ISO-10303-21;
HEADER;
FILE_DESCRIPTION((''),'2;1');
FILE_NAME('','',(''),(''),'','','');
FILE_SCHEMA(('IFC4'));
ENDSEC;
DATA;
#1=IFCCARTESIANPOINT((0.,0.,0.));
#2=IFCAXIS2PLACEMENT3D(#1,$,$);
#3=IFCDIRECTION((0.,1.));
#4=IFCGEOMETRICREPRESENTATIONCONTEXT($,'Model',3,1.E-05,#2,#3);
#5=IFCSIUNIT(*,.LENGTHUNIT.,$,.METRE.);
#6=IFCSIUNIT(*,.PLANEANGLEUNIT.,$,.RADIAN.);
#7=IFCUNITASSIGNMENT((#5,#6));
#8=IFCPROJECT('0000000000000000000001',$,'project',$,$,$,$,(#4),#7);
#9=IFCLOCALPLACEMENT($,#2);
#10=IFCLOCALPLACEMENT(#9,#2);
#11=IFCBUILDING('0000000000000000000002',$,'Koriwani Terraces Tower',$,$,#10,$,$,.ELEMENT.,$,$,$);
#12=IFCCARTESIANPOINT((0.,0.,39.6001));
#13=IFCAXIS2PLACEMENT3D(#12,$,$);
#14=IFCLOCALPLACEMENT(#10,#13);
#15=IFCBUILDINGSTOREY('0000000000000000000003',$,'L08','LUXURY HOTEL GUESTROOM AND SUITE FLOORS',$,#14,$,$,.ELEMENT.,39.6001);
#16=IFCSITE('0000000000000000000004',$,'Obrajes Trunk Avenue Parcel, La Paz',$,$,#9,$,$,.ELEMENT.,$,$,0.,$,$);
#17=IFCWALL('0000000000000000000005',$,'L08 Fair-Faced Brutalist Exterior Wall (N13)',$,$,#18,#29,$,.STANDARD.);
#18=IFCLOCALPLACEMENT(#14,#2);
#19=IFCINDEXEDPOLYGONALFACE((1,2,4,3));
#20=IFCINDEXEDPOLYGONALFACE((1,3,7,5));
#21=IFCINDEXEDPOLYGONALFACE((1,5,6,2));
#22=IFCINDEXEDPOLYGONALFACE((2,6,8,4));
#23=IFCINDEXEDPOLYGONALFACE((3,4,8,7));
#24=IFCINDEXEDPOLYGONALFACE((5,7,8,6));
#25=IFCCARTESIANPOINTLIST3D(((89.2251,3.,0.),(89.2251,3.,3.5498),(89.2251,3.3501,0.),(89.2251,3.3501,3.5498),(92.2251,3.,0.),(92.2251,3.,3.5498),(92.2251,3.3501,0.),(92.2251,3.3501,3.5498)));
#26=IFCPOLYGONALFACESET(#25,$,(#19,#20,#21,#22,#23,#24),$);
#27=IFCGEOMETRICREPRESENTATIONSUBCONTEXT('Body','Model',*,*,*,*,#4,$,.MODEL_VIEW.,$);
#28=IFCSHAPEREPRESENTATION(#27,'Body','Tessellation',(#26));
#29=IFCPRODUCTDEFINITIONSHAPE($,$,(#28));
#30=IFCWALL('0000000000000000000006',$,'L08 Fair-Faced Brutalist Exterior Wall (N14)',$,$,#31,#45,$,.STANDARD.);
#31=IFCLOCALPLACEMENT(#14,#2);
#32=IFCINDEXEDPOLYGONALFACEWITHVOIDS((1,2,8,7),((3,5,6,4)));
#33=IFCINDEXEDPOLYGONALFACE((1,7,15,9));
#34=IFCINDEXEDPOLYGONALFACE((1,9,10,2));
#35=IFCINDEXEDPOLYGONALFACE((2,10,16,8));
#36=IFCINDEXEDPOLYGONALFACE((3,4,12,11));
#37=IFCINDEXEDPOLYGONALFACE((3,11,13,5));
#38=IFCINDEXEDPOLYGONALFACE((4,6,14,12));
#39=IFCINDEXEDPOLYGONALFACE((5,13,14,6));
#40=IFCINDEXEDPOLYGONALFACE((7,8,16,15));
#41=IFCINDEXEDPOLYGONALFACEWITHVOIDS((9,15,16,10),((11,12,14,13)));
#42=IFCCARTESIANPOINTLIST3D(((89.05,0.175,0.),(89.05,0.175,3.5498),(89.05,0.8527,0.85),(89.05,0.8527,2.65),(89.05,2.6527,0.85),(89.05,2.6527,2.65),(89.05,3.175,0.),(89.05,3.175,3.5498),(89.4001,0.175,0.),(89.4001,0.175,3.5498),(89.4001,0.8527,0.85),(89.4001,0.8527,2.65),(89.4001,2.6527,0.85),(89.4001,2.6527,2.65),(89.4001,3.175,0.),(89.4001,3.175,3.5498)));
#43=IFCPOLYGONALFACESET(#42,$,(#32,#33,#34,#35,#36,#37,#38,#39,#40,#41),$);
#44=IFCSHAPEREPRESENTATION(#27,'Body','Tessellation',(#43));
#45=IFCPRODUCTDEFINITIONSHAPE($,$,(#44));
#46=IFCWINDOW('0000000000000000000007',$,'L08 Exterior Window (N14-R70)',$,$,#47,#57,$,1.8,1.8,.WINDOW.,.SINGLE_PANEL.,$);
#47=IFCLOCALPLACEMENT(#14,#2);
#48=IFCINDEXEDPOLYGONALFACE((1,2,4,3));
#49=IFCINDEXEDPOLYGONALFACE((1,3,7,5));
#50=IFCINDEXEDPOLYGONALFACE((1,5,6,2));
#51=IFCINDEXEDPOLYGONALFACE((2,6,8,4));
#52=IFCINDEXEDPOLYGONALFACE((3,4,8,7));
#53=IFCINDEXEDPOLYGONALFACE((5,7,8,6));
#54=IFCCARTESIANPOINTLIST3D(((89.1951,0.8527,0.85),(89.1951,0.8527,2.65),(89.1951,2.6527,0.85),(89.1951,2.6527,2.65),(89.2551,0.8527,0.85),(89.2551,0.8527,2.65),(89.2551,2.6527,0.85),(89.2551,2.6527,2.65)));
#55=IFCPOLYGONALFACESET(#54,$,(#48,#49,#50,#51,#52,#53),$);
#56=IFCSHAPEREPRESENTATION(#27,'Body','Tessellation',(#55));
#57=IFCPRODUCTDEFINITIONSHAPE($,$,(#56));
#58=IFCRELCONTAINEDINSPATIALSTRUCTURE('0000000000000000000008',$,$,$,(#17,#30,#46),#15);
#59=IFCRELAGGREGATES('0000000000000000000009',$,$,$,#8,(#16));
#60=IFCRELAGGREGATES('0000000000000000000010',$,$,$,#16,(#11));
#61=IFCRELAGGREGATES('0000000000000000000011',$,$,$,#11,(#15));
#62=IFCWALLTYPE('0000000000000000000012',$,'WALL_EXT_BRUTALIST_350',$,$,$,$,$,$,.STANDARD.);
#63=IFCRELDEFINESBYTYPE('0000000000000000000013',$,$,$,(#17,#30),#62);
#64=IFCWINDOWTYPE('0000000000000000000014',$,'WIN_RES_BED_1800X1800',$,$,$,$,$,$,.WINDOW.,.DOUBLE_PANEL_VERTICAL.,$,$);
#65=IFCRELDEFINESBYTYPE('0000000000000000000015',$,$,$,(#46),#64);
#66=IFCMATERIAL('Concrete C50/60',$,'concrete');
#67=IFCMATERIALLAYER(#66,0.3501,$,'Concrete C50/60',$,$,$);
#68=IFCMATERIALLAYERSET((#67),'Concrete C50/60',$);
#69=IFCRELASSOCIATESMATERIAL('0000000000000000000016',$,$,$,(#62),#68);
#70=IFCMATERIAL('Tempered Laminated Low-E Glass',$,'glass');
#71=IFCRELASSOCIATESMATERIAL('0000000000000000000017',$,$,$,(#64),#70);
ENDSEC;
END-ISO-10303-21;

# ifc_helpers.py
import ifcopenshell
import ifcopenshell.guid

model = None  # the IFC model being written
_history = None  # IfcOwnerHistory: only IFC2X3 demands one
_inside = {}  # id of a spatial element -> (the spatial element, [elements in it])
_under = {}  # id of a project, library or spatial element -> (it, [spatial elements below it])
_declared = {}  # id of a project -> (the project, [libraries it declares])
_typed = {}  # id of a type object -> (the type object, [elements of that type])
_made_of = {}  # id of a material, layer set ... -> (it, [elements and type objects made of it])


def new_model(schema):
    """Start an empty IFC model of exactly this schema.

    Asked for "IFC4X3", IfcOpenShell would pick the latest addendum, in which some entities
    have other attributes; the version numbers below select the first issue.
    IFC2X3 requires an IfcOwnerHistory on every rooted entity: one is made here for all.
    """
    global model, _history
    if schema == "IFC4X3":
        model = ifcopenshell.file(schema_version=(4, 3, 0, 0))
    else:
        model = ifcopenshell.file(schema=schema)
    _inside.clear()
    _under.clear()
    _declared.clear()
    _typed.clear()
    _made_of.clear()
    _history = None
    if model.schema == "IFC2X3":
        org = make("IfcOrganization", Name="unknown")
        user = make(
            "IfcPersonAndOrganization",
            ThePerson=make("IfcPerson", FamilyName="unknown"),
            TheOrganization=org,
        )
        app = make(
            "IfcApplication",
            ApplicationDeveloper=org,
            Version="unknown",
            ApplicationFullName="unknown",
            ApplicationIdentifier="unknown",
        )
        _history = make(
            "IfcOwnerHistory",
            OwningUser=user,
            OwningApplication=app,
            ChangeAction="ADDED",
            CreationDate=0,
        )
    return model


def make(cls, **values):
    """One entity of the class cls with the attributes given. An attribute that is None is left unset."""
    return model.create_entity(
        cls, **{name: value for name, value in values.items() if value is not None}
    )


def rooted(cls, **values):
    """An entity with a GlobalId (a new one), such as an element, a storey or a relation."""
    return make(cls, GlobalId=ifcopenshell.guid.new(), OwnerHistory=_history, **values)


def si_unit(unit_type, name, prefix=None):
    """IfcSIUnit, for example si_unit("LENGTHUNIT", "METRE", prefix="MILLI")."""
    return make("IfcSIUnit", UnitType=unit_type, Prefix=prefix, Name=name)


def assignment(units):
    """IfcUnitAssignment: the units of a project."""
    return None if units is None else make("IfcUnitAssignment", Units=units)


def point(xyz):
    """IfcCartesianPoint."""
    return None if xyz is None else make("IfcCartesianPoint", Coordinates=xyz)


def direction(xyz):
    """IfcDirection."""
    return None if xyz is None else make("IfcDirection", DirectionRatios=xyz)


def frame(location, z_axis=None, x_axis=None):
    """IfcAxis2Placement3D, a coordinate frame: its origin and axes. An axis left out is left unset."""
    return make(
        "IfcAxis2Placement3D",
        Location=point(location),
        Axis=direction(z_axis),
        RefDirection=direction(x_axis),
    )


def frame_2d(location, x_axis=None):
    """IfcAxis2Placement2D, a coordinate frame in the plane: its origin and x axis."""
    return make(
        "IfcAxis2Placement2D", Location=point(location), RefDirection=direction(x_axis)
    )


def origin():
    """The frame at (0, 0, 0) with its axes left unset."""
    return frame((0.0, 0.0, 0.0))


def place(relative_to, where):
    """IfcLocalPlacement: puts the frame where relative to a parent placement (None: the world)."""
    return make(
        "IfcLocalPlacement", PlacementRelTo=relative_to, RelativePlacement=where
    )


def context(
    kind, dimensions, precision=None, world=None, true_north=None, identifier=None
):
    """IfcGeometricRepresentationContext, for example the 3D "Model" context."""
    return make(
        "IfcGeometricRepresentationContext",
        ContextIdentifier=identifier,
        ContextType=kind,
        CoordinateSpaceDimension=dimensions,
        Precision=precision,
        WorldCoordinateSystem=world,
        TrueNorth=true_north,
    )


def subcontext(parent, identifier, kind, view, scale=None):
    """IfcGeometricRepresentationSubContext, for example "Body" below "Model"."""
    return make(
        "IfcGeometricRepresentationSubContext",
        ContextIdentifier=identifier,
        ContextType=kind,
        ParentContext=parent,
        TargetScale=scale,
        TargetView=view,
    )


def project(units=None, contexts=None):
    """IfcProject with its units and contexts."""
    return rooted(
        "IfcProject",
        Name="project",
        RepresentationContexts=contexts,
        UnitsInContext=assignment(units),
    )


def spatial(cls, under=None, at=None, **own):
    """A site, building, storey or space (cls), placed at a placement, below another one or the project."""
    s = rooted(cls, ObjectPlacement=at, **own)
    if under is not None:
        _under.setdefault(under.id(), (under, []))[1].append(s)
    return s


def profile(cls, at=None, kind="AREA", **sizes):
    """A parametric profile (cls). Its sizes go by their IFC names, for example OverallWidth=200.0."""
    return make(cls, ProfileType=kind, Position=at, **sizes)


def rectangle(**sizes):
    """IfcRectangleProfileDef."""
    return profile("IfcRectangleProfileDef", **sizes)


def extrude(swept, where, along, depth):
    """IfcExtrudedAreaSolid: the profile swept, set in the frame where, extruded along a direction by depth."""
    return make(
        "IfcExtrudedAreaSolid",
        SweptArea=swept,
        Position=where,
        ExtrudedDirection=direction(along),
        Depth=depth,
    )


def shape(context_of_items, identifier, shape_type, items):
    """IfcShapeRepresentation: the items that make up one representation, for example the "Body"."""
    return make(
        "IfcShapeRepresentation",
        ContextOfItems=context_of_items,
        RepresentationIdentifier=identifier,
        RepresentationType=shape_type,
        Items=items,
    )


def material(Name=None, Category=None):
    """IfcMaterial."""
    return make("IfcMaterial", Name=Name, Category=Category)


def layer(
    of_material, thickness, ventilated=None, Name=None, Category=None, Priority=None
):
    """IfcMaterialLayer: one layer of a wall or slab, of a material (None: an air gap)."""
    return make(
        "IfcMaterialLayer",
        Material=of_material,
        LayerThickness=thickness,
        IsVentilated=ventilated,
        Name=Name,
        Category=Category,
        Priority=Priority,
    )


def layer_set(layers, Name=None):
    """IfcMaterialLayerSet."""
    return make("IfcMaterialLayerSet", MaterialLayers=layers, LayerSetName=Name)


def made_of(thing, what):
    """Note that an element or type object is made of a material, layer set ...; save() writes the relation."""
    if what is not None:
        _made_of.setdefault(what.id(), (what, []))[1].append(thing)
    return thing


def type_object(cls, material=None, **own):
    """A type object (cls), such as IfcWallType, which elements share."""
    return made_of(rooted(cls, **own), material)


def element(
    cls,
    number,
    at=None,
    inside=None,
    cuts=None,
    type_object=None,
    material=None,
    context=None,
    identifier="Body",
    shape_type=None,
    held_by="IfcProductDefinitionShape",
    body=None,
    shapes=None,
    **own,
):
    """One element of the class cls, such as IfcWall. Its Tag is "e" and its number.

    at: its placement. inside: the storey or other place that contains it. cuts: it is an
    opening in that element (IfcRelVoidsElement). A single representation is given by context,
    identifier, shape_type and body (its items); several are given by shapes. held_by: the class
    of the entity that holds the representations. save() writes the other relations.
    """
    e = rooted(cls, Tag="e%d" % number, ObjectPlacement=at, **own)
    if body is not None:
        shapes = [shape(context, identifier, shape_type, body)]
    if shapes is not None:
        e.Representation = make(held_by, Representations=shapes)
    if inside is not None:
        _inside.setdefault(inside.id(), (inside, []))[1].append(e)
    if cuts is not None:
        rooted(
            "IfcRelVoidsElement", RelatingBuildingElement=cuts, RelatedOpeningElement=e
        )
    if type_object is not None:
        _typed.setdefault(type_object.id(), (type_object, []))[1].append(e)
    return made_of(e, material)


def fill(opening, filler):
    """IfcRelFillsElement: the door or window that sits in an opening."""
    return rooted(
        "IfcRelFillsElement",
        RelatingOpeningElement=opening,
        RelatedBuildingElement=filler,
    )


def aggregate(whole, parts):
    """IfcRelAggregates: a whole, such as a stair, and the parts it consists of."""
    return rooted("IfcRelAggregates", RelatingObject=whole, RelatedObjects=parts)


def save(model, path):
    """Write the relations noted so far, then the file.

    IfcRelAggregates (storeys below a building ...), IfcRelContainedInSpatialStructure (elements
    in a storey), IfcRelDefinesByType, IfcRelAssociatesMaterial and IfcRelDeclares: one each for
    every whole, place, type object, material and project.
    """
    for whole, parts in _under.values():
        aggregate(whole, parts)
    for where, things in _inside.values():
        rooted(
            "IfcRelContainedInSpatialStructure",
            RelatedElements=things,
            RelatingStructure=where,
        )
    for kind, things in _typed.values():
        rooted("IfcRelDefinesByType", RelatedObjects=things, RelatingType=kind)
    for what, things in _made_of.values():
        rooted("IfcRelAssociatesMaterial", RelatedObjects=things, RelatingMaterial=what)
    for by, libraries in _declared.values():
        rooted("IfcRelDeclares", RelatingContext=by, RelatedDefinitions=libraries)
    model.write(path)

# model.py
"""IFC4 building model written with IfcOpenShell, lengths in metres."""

from ifc_helpers import new_model, si_unit, direction, frame, frame_2d, origin, place, context, subcontext, project, spatial, rectangle, extrude, material, layer, layer_set, type_object, element, fill, save


model = new_model("IFC4")

# Units and contexts
model_context = context("Model", 3, precision=1e-05, world=origin(), true_north=direction((0.0, 1.0)))
body_context = subcontext(model_context, "Body", "Model", "MODEL_VIEW")
ifc_project = project(units=[si_unit("LENGTHUNIT", "METRE"), si_unit("PLANEANGLEUNIT", "RADIAN")], contexts=[model_context])

# Site, building, storey
site_placement = place(None, origin())
site = spatial("IfcSite", under=ifc_project, at=site_placement, Name="Obrajes Trunk Avenue Parcel, La Paz", CompositionType="ELEMENT", RefElevation=0.0)
building_placement = place(site_placement, origin())
building = spatial("IfcBuilding", under=site, at=building_placement, Name="Koriwani Terraces Tower", CompositionType="ELEMENT")
storey_placement = place(building_placement, frame((0.0, 0.0, 39.6001)))
storey = spatial("IfcBuildingStorey", under=building, at=storey_placement, Name="L08", Description="LUXURY HOTEL GUESTROOM AND SUITE FLOORS", CompositionType="ELEMENT", Elevation=39.6001)

# Shared definitions
ifc_material_1 = material(Name="Tempered Laminated Low-E Glass", Category="glass")

# Wall
ifc_material_2 = material(Name="Concrete C50/60", Category="concrete")
ifc_layer_1 = layer(ifc_material_2, 0.3501, Name="Concrete C50/60")
ifc_layer_set_1 = layer_set([ifc_layer_1], Name="Concrete C50/60")
wall_type_1 = type_object("IfcWallType", Name="WALL_EXT_BRUTALIST_350", PredefinedType="STANDARD", material=ifc_layer_set_1)
wall_1_placement = place(storey_placement, frame((92.2251, 3.175, 0.0), z_axis=(0.0, 0.0, 1.0), x_axis=(-1.0, 0.0, 0.0)))
element("IfcWall", 1, at=wall_1_placement, inside=storey, type_object=wall_type_1, Name="L08 Fair-Faced Brutalist Exterior Wall (N13)", PredefinedType="STANDARD", context=body_context, shape_type="SweptSolid", body=[
    extrude(rectangle(XDim=3.0, YDim=0.3501, at=frame_2d((1.5, 0.0))), origin(), (0.0, 0.0, 1.0), 3.5498),
])

# Wall, opening, window
wall_2_placement = place(storey_placement, frame((89.2251, 3.175, 0.0), z_axis=(0.0, 0.0, 1.0), x_axis=(0.0, -1.0, 0.0)))
wall_2 = element("IfcWall", 2, at=wall_2_placement, inside=storey, type_object=wall_type_1, Name="L08 Fair-Faced Brutalist Exterior Wall (N14)", PredefinedType="STANDARD", context=body_context, shape_type="SweptSolid", body=[
    extrude(rectangle(XDim=3.0, YDim=0.3501, at=frame_2d((1.5, 0.0))), origin(), (0.0, 0.0, 1.0), 3.5498),
])
opening_1_placement = place(wall_2_placement, frame((0.5225, 0.0, 0.8501)))
opening_1 = element("IfcOpeningElement", 3, at=opening_1_placement, cuts=wall_2, PredefinedType="OPENING", context=body_context, shape_type="SweptSolid", body=[
    extrude(rectangle(XDim=1.8, YDim=1.8, at=frame_2d((0.8999, 0.8999))), frame((0.0, 0.1851, 0.0), z_axis=(0.0, -1.0, 0.0), x_axis=(1.0, 0.0, 0.0)), (0.0, 0.0, 1.0), 0.3701),
])
window_type_1 = type_object("IfcWindowType", Name="WIN_RES_BED_1800X1800", PartitioningType="DOUBLE_PANEL_VERTICAL", PredefinedType="WINDOW", material=ifc_material_1)
window_1_placement = place(opening_1_placement, origin())
window_1 = element("IfcWindow", 4, at=window_1_placement, inside=storey, type_object=window_type_1, Name="L08 Exterior Window (N14-R70)", OverallHeight=1.8, OverallWidth=1.8, PartitioningType="SINGLE_PANEL", PredefinedType="WINDOW", context=body_context, shape_type="SweptSolid", body=[
    extrude(rectangle(XDim=1.8, YDim=1.8, at=frame_2d((0.8999, 0.8999))), frame((0.0, 0.03, 0.0), z_axis=(0.0, -1.0, 0.0), x_axis=(1.0, 0.0, 0.0)), (0.0, 0.0, 1.0), 0.0601),
])
fill(opening_1, window_1)

save(model, "model.ifc")
